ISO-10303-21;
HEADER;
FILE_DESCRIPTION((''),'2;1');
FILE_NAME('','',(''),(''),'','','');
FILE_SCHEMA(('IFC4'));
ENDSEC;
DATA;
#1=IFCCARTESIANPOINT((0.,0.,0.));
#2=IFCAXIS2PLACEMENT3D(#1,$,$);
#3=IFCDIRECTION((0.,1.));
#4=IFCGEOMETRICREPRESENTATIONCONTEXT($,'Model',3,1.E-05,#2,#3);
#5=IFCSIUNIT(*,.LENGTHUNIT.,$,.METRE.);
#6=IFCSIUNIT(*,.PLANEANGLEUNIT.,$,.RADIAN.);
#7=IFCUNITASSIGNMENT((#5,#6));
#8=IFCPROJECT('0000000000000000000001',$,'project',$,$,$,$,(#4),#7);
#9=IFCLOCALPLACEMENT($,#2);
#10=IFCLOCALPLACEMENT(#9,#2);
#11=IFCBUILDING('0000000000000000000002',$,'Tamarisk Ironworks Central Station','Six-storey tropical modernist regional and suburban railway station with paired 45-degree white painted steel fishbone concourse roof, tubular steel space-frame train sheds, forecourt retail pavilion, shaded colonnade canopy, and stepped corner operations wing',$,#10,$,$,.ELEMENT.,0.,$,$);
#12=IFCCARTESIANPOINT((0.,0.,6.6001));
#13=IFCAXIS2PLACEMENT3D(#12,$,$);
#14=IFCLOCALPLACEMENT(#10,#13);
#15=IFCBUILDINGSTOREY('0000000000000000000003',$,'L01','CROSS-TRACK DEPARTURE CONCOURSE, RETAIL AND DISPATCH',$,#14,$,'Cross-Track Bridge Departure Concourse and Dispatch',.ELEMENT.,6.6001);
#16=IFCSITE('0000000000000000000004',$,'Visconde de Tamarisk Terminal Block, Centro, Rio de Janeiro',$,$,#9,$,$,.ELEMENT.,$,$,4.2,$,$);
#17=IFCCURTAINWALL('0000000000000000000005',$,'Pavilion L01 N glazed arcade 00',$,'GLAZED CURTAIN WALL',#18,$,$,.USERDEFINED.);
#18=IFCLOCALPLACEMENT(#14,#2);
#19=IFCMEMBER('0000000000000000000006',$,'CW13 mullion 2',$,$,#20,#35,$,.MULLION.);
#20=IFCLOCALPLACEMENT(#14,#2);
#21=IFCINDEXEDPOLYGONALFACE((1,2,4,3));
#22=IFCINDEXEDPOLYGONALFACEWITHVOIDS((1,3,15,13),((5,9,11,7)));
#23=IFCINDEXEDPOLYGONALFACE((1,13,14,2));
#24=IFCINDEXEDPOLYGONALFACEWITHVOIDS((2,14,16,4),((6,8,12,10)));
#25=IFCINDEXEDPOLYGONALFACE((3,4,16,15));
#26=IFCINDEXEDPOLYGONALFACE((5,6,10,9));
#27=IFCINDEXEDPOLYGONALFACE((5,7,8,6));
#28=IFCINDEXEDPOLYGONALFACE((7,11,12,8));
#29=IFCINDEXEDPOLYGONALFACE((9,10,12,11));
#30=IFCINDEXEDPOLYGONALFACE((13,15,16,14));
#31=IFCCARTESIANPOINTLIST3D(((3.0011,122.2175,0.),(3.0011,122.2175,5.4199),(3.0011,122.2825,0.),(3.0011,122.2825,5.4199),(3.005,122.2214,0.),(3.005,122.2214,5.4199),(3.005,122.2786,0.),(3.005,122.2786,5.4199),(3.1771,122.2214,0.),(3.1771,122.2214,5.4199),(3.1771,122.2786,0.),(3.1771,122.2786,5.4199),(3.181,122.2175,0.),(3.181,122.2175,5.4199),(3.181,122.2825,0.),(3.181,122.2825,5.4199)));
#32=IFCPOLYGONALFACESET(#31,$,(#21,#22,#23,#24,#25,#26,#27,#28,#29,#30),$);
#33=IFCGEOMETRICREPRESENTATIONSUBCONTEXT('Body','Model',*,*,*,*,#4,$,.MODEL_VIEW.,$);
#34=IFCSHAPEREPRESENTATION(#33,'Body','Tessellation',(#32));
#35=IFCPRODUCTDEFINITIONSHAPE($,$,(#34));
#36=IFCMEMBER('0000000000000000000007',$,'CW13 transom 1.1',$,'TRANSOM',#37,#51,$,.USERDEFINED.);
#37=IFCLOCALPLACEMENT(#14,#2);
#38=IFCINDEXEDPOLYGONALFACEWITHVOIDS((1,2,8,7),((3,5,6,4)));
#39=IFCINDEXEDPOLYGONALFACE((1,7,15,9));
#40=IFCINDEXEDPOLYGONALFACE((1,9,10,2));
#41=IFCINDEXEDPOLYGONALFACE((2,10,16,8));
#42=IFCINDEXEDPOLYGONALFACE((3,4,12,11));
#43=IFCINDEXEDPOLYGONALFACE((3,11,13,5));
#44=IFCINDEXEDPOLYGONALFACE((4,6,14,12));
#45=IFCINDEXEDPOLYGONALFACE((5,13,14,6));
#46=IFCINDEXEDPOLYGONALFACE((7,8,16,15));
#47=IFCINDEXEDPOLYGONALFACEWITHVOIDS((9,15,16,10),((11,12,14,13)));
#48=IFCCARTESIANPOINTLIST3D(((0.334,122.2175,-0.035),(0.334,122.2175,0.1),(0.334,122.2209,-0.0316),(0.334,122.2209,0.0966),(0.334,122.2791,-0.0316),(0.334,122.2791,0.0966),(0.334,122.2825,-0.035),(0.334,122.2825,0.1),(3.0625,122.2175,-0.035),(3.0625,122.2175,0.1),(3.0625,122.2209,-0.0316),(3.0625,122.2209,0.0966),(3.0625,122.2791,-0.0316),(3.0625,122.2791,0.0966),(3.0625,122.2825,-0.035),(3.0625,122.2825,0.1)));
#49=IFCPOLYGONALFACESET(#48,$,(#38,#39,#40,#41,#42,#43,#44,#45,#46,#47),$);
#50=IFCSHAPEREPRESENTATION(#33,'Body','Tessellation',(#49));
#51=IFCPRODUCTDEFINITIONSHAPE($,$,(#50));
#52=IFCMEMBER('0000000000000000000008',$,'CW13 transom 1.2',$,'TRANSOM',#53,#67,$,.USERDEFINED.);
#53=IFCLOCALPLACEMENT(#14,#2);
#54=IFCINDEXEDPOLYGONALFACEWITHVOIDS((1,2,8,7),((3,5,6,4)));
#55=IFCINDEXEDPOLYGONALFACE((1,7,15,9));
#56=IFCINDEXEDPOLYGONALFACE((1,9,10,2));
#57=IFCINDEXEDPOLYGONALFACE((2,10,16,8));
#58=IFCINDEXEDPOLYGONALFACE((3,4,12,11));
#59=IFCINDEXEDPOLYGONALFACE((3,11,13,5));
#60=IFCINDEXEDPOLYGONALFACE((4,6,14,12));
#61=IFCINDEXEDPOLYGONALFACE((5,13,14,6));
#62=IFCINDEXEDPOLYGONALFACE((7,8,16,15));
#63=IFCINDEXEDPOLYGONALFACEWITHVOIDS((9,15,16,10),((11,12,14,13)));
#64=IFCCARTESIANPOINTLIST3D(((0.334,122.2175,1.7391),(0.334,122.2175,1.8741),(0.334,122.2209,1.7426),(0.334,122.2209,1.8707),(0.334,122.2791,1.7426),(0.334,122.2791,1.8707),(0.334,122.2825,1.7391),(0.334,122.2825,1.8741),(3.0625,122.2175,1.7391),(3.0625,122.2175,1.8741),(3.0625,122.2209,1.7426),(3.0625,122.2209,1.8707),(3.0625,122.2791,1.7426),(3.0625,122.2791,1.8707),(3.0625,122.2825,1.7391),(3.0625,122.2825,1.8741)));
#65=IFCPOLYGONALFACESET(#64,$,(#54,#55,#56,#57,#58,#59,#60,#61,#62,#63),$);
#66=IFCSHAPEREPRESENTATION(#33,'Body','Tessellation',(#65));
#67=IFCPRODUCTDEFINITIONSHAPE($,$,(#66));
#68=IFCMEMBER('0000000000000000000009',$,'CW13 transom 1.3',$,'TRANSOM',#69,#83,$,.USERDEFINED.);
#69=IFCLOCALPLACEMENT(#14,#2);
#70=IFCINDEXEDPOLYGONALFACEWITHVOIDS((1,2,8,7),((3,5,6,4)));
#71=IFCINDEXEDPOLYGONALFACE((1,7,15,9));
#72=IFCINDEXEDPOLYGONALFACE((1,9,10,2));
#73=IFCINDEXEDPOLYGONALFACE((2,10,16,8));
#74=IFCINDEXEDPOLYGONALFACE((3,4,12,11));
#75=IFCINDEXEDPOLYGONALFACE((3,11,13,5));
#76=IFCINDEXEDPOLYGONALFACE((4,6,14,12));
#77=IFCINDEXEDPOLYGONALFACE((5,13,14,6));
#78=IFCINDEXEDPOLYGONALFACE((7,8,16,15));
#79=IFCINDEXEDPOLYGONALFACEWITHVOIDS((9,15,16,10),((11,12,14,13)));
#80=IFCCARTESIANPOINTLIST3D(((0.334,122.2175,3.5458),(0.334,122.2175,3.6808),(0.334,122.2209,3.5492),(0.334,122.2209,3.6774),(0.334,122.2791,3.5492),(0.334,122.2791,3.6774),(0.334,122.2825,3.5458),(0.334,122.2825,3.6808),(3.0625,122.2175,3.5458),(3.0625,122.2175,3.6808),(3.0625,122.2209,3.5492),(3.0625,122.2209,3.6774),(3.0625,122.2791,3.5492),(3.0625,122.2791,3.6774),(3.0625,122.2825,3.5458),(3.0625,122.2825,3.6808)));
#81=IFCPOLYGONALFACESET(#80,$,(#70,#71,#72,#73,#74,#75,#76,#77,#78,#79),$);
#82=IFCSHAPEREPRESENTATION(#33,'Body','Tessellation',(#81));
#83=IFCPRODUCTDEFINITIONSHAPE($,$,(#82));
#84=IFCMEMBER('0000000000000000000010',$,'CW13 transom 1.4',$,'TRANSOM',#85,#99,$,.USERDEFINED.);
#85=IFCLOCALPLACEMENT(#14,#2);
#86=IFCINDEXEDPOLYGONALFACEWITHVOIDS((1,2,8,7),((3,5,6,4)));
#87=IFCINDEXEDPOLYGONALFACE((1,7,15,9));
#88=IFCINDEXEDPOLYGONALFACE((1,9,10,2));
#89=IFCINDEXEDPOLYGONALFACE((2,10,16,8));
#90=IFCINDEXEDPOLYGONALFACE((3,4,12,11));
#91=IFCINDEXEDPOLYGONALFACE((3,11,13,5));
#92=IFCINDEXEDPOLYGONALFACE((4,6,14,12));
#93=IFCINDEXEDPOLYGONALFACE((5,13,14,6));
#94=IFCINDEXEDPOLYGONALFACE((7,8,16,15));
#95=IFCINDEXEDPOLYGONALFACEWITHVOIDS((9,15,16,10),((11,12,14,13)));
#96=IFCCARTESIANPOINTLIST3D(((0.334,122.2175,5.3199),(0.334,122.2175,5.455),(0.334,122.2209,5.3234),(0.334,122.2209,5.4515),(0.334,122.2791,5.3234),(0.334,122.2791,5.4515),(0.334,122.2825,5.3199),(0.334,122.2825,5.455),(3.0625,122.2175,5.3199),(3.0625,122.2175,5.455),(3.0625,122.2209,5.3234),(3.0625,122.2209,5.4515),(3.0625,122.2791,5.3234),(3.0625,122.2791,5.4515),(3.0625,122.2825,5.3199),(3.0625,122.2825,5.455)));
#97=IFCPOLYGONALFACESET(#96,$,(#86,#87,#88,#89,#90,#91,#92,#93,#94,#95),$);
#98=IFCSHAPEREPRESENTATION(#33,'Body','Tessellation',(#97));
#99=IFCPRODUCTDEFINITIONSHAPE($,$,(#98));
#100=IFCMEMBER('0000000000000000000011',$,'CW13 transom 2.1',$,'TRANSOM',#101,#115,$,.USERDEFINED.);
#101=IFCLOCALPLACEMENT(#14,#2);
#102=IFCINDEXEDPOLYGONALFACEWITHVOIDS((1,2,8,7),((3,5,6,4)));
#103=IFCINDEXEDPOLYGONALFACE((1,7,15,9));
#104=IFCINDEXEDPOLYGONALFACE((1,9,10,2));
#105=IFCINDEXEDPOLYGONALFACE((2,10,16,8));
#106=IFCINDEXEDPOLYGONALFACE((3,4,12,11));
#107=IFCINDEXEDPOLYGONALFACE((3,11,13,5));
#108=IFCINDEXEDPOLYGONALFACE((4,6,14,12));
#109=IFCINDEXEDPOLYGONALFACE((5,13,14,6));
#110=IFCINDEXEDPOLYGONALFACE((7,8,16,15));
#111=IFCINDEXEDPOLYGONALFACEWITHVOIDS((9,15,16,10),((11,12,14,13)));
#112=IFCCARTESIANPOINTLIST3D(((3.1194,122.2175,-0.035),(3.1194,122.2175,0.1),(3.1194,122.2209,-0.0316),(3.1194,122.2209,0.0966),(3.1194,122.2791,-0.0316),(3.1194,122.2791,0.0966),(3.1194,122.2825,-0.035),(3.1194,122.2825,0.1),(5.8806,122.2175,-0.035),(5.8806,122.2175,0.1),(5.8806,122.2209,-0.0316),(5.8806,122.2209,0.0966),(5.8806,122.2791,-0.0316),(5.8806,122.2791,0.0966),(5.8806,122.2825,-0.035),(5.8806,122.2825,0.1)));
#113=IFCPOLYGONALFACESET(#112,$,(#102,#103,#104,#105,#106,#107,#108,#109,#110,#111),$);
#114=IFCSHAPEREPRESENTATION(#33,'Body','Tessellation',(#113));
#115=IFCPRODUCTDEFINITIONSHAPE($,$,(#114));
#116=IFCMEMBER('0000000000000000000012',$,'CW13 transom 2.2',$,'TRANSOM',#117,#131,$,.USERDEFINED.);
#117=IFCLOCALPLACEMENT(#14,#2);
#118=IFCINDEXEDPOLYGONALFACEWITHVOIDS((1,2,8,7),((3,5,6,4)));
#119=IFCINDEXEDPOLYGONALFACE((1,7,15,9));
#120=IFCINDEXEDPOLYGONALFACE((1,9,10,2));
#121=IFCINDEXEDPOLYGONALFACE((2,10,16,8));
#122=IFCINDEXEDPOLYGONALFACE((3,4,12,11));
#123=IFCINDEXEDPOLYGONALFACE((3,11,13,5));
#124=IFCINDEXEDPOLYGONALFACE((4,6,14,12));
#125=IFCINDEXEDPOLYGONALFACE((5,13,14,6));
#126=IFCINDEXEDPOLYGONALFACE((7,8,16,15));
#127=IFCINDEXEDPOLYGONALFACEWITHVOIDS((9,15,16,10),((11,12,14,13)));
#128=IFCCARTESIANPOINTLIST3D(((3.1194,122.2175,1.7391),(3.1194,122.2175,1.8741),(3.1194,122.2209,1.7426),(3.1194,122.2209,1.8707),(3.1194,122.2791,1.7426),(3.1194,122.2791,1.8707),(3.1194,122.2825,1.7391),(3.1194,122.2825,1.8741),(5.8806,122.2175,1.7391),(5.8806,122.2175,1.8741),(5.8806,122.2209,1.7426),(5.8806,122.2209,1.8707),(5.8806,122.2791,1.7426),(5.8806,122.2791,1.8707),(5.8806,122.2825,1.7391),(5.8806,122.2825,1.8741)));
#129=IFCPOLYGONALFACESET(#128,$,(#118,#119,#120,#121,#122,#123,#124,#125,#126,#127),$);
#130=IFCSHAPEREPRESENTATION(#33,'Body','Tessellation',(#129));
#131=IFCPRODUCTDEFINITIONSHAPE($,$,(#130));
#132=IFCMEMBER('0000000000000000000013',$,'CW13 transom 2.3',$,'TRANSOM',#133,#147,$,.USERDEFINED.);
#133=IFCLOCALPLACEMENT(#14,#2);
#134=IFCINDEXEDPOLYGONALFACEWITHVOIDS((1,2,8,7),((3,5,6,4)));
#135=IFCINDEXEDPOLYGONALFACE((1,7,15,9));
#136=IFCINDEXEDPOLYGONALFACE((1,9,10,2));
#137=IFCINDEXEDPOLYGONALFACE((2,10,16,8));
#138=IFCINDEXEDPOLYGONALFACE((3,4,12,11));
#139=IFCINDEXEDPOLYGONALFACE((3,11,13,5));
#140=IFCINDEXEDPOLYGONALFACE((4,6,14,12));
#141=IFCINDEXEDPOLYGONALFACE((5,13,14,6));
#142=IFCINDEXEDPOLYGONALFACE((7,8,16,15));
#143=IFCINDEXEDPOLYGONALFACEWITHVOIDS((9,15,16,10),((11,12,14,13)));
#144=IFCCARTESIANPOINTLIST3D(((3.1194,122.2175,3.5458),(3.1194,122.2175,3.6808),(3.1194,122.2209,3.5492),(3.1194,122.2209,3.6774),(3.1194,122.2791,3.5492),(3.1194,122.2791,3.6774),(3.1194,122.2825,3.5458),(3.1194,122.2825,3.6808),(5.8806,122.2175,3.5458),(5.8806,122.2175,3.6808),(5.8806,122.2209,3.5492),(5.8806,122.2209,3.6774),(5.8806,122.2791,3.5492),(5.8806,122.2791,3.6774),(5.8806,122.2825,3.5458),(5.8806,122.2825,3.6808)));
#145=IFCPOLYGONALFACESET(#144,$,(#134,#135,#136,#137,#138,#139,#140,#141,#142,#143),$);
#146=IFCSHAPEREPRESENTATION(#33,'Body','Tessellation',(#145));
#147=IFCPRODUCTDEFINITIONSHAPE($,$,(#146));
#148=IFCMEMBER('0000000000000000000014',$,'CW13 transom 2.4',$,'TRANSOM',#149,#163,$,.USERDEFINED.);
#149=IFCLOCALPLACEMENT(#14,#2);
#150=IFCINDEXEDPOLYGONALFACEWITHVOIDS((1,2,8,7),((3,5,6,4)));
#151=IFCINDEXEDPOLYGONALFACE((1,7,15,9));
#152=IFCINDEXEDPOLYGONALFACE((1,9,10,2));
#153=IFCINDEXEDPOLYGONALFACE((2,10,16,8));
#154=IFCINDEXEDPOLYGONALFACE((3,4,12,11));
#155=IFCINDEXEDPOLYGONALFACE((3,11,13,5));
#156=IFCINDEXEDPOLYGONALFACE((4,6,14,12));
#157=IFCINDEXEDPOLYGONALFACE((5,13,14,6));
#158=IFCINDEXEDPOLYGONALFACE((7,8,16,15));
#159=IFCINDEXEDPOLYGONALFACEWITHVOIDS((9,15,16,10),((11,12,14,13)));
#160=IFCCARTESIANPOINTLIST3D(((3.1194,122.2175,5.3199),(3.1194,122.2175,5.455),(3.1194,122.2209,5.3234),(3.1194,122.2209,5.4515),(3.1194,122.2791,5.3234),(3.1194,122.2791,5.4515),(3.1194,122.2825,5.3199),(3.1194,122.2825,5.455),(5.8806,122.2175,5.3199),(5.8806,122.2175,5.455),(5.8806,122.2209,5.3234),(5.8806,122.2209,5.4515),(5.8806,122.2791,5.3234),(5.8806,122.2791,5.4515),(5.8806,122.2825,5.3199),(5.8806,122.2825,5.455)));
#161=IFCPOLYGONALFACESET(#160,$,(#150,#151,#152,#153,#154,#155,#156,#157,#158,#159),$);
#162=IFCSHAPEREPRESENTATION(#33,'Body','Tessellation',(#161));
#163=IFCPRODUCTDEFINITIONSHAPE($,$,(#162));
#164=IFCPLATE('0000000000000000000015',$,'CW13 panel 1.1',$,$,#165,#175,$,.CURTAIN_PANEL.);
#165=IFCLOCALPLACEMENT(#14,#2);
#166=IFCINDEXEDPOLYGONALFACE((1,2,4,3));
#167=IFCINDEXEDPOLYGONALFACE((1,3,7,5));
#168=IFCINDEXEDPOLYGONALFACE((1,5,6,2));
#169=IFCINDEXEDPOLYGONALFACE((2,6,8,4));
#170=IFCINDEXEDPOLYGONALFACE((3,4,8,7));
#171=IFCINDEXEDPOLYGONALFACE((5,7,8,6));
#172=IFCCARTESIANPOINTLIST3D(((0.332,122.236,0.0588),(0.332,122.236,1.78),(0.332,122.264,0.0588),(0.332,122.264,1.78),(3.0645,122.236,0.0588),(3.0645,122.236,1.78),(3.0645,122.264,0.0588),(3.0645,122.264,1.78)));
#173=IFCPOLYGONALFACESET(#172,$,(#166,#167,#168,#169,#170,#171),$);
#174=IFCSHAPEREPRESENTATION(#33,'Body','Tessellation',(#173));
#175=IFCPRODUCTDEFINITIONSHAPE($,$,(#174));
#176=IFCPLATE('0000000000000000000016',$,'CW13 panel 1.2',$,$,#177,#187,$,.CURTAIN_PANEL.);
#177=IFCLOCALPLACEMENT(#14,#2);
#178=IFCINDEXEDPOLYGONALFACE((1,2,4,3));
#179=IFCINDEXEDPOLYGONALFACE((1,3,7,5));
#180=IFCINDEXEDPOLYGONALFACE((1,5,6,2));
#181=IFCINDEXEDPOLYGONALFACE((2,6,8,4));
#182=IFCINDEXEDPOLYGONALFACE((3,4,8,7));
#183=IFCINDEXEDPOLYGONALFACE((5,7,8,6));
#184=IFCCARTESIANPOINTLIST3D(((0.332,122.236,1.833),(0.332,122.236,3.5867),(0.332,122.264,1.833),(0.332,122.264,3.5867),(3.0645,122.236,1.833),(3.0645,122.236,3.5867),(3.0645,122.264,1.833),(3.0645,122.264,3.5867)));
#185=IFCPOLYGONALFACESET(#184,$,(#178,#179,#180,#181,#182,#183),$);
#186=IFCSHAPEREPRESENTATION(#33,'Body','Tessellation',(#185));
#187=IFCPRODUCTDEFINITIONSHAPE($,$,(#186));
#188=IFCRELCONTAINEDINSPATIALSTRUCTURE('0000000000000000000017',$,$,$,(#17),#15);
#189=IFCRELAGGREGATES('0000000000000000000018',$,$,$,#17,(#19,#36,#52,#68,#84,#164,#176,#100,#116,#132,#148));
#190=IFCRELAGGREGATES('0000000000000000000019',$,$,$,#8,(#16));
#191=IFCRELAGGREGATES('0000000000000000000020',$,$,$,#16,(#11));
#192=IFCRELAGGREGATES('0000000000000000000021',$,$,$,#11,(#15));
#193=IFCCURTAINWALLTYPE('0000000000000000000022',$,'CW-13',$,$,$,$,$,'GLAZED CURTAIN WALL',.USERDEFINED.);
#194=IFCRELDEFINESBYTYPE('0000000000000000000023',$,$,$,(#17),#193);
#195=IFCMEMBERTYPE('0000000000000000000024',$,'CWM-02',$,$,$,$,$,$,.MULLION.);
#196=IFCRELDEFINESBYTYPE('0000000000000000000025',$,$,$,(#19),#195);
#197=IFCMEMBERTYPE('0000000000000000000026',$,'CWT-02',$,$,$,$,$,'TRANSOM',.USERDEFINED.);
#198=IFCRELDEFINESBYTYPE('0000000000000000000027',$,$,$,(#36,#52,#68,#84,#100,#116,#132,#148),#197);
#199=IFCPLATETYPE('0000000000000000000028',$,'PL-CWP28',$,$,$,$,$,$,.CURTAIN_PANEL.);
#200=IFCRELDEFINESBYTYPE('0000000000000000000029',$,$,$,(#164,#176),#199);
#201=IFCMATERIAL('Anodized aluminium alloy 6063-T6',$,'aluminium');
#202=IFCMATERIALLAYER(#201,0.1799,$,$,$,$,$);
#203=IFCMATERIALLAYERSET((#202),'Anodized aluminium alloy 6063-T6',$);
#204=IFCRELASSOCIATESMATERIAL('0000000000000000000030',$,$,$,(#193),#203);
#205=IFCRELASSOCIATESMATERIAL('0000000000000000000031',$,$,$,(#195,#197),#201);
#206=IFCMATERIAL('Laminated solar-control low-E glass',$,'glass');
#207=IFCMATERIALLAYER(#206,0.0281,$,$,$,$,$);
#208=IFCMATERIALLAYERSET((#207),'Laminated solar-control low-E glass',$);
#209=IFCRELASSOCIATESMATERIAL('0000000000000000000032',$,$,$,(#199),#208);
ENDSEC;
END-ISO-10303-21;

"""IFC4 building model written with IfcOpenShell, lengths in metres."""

from ifc_helpers import new_model, si_unit, direction, frame, origin, origin_2d, place, context, subcontext, project, spatial, rectangle, hollow_rectangle, extrude, material, layer, layer_set, material_profile, profile_set, type_object, element, aggregate, save


model = new_model("IFC4")

# Units and contexts
model_context = context("Model", 3, precision=1e-05, world=origin(), true_north=direction((0.0, 1.0)))
body_context = subcontext(model_context, "Body", "Model", "MODEL_VIEW")
ifc_project = project(units=[si_unit("LENGTHUNIT", "METRE"), si_unit("PLANEANGLEUNIT", "RADIAN")], contexts=[model_context])

# Site, building, storey
site_placement = place(None, origin())
site = spatial("IfcSite", under=ifc_project, at=site_placement, Name="Visconde de Tamarisk Terminal Block, Centro, Rio de Janeiro", CompositionType="ELEMENT", RefElevation=4.2)
building_placement = place(site_placement, origin())
building = spatial("IfcBuilding", under=site, at=building_placement, Name="Tamarisk Ironworks Central Station", Description="Six-storey tropical modernist regional and suburban railway station with paired 45-degree white painted steel fishbone concourse roof, tubular steel space-frame train sheds, forecourt retail pavilion, shaded colonnade canopy, and stepped corner operations wing", CompositionType="ELEMENT", ElevationOfRefHeight=0.0)
storey_placement = place(building_placement, frame((0.0, 0.0, 6.6001)))
storey = spatial("IfcBuildingStorey", under=building, at=storey_placement, Name="L01", Description="CROSS-TRACK DEPARTURE CONCOURSE, RETAIL AND DISPATCH", LongName="Cross-Track Bridge Departure Concourse and Dispatch", CompositionType="ELEMENT", Elevation=6.6001)

# Curtain wall, members, plates
ifc_material_1 = material(Name="Anodized aluminium alloy 6063-T6", Category="aluminium")
ifc_layer_1 = layer(ifc_material_1, 0.1799)
ifc_layer_set_1 = layer_set([ifc_layer_1], Name="Anodized aluminium alloy 6063-T6")
curtain_wall_type = type_object("IfcCurtainWallType", Name="CW-13", ElementType="GLAZED CURTAIN WALL", PredefinedType="USERDEFINED", material=ifc_layer_set_1)
curtain_wall_placement = place(storey_placement, origin())
curtain_wall = element("IfcCurtainWall", 1, at=curtain_wall_placement, inside=storey, type_object=curtain_wall_type, Name="Pavilion L01 N glazed arcade 00", ObjectType="GLAZED CURTAIN WALL", PredefinedType="USERDEFINED")
ifc_material_profile_1 = material_profile(ifc_material_1, hollow_rectangle(XDim=0.0649, YDim=0.1799, WallThickness=0.0039, at=origin_2d()), Name="ALUM 180x65")
ifc_profile_set_1 = profile_set([ifc_material_profile_1], Name="Anodized aluminium alloy 6063-T6")
member_type_1 = type_object("IfcMemberType", Name="CWM-02", PredefinedType="MULLION", material=ifc_profile_set_1)
member_1_placement = place(storey_placement, frame((3.0911, 122.25, 0.0), z_axis=(0.0, 0.0, 1.0), x_axis=(0.0, 1.0, 0.0)))
member_1 = element("IfcMember", 2, at=member_1_placement, type_object=member_type_1, Name="CW13 mullion 2", PredefinedType="MULLION", context=body_context, shape_type="SweptSolid", body=[
    extrude(hollow_rectangle(XDim=0.0649, YDim=0.1799, WallThickness=0.0039, at=origin_2d()), origin(), (0.0, 0.0, 1.0), 5.4199),
])
ifc_material_profile_2 = material_profile(ifc_material_1, hollow_rectangle(XDim=0.0649, YDim=0.135, WallThickness=0.0034, at=origin_2d()), Name="ALUM 135x65")
ifc_profile_set_2 = profile_set([ifc_material_profile_2], Name="Anodized aluminium alloy 6063-T6")
member_type_2 = type_object("IfcMemberType", Name="CWT-02", ElementType="TRANSOM", PredefinedType="USERDEFINED", material=ifc_profile_set_2)
member_2_placement = place(storey_placement, frame((0.334, 122.25, 0.0325), z_axis=(1.0, 0.0, 0.0), x_axis=(0.0, 1.0, 0.0)))
member_2 = element("IfcMember", 3, at=member_2_placement, type_object=member_type_2, Name="CW13 transom 1.1", ObjectType="TRANSOM", PredefinedType="USERDEFINED", context=body_context, shape_type="SweptSolid", body=[
    extrude(hollow_rectangle(XDim=0.0649, YDim=0.135, WallThickness=0.0034, at=origin_2d()), origin(), (0.0, 0.0, 1.0), 2.7285),
])
member_3_placement = place(storey_placement, frame((0.334, 122.25, 1.8066), z_axis=(1.0, 0.0, 0.0), x_axis=(0.0, 1.0, 0.0)))
member_3 = element("IfcMember", 4, at=member_3_placement, type_object=member_type_2, Name="CW13 transom 1.2", ObjectType="TRANSOM", PredefinedType="USERDEFINED", context=body_context, shape_type="SweptSolid", body=[
    extrude(hollow_rectangle(XDim=0.0649, YDim=0.135, WallThickness=0.0034, at=origin_2d()), origin(), (0.0, 0.0, 1.0), 2.7285),
])
member_4_placement = place(storey_placement, frame((0.334, 122.25, 3.6133), z_axis=(1.0, 0.0, 0.0), x_axis=(0.0, 1.0, 0.0)))
member_4 = element("IfcMember", 5, at=member_4_placement, type_object=member_type_2, Name="CW13 transom 1.3", ObjectType="TRANSOM", PredefinedType="USERDEFINED", context=body_context, shape_type="SweptSolid", body=[
    extrude(hollow_rectangle(XDim=0.0649, YDim=0.135, WallThickness=0.0034, at=origin_2d()), origin(), (0.0, 0.0, 1.0), 2.7285),
])
member_5_placement = place(storey_placement, frame((0.334, 122.25, 5.3875), z_axis=(1.0, 0.0, 0.0), x_axis=(0.0, 1.0, 0.0)))
member_5 = element("IfcMember", 6, at=member_5_placement, type_object=member_type_2, Name="CW13 transom 1.4", ObjectType="TRANSOM", PredefinedType="USERDEFINED", context=body_context, shape_type="SweptSolid", body=[
    extrude(hollow_rectangle(XDim=0.0649, YDim=0.135, WallThickness=0.0034, at=origin_2d()), origin(), (0.0, 0.0, 1.0), 2.7285),
])
member_6_placement = place(storey_placement, frame((3.1194, 122.25, 0.0325), z_axis=(1.0, 0.0, 0.0), x_axis=(0.0, 1.0, 0.0)))
member_6 = element("IfcMember", 7, at=member_6_placement, type_object=member_type_2, Name="CW13 transom 2.1", ObjectType="TRANSOM", PredefinedType="USERDEFINED", context=body_context, shape_type="SweptSolid", body=[
    extrude(hollow_rectangle(XDim=0.0649, YDim=0.135, WallThickness=0.0034, at=origin_2d()), origin(), (0.0, 0.0, 1.0), 2.7612),
])
member_7_placement = place(storey_placement, frame((3.1194, 122.25, 1.8066), z_axis=(1.0, 0.0, 0.0), x_axis=(0.0, 1.0, 0.0)))
member_7 = element("IfcMember", 8, at=member_7_placement, type_object=member_type_2, Name="CW13 transom 2.2", ObjectType="TRANSOM", PredefinedType="USERDEFINED", context=body_context, shape_type="SweptSolid", body=[
    extrude(hollow_rectangle(XDim=0.0649, YDim=0.135, WallThickness=0.0034, at=origin_2d()), origin(), (0.0, 0.0, 1.0), 2.7612),
])
member_8_placement = place(storey_placement, frame((3.1194, 122.25, 3.6133), z_axis=(1.0, 0.0, 0.0), x_axis=(0.0, 1.0, 0.0)))
member_8 = element("IfcMember", 9, at=member_8_placement, type_object=member_type_2, Name="CW13 transom 2.3", ObjectType="TRANSOM", PredefinedType="USERDEFINED", context=body_context, shape_type="SweptSolid", body=[
    extrude(hollow_rectangle(XDim=0.0649, YDim=0.135, WallThickness=0.0034, at=origin_2d()), origin(), (0.0, 0.0, 1.0), 2.7612),
])
member_9_placement = place(storey_placement, frame((3.1194, 122.25, 5.3875), z_axis=(1.0, 0.0, 0.0), x_axis=(0.0, 1.0, 0.0)))
member_9 = element("IfcMember", 10, at=member_9_placement, type_object=member_type_2, Name="CW13 transom 2.4", ObjectType="TRANSOM", PredefinedType="USERDEFINED", context=body_context, shape_type="SweptSolid", body=[
    extrude(hollow_rectangle(XDim=0.0649, YDim=0.135, WallThickness=0.0034, at=origin_2d()), origin(), (0.0, 0.0, 1.0), 2.7612),
])
ifc_material_2 = material(Name="Laminated solar-control low-E glass", Category="glass")
ifc_layer_2 = layer(ifc_material_2, 0.0281)
ifc_layer_set_2 = layer_set([ifc_layer_2], Name="Laminated solar-control low-E glass")
plate_type = type_object("IfcPlateType", Name="PL-CWP28", PredefinedType="CURTAIN_PANEL", material=ifc_layer_set_2)
plate_1_placement = place(storey_placement, frame((1.6982, 122.25, 0.0588), z_axis=(0.0, 0.0, 1.0), x_axis=(1.0, 0.0, 0.0)))
plate_1 = element("IfcPlate", 11, at=plate_1_placement, type_object=plate_type, Name="CW13 panel 1.1", PredefinedType="CURTAIN_PANEL", context=body_context, shape_type="SweptSolid", body=[
    extrude(rectangle(XDim=2.7324, YDim=0.0281, at=origin_2d()), origin(), (0.0, 0.0, 1.0), 1.7212),
])
plate_2_placement = place(storey_placement, frame((1.6982, 122.25, 1.833), z_axis=(0.0, 0.0, 1.0), x_axis=(1.0, 0.0, 0.0)))
plate_2 = element("IfcPlate", 12, at=plate_2_placement, type_object=plate_type, Name="CW13 panel 1.2", PredefinedType="CURTAIN_PANEL", context=body_context, shape_type="SweptSolid", body=[
    extrude(rectangle(XDim=2.7324, YDim=0.0281, at=origin_2d()), origin(), (0.0, 0.0, 1.0), 1.7537),
])
aggregate(curtain_wall, [member_1, member_2, member_3, member_4, member_5, plate_1, plate_2, member_6, member_7, member_8, member_9])

save(model, "model.ifc")
